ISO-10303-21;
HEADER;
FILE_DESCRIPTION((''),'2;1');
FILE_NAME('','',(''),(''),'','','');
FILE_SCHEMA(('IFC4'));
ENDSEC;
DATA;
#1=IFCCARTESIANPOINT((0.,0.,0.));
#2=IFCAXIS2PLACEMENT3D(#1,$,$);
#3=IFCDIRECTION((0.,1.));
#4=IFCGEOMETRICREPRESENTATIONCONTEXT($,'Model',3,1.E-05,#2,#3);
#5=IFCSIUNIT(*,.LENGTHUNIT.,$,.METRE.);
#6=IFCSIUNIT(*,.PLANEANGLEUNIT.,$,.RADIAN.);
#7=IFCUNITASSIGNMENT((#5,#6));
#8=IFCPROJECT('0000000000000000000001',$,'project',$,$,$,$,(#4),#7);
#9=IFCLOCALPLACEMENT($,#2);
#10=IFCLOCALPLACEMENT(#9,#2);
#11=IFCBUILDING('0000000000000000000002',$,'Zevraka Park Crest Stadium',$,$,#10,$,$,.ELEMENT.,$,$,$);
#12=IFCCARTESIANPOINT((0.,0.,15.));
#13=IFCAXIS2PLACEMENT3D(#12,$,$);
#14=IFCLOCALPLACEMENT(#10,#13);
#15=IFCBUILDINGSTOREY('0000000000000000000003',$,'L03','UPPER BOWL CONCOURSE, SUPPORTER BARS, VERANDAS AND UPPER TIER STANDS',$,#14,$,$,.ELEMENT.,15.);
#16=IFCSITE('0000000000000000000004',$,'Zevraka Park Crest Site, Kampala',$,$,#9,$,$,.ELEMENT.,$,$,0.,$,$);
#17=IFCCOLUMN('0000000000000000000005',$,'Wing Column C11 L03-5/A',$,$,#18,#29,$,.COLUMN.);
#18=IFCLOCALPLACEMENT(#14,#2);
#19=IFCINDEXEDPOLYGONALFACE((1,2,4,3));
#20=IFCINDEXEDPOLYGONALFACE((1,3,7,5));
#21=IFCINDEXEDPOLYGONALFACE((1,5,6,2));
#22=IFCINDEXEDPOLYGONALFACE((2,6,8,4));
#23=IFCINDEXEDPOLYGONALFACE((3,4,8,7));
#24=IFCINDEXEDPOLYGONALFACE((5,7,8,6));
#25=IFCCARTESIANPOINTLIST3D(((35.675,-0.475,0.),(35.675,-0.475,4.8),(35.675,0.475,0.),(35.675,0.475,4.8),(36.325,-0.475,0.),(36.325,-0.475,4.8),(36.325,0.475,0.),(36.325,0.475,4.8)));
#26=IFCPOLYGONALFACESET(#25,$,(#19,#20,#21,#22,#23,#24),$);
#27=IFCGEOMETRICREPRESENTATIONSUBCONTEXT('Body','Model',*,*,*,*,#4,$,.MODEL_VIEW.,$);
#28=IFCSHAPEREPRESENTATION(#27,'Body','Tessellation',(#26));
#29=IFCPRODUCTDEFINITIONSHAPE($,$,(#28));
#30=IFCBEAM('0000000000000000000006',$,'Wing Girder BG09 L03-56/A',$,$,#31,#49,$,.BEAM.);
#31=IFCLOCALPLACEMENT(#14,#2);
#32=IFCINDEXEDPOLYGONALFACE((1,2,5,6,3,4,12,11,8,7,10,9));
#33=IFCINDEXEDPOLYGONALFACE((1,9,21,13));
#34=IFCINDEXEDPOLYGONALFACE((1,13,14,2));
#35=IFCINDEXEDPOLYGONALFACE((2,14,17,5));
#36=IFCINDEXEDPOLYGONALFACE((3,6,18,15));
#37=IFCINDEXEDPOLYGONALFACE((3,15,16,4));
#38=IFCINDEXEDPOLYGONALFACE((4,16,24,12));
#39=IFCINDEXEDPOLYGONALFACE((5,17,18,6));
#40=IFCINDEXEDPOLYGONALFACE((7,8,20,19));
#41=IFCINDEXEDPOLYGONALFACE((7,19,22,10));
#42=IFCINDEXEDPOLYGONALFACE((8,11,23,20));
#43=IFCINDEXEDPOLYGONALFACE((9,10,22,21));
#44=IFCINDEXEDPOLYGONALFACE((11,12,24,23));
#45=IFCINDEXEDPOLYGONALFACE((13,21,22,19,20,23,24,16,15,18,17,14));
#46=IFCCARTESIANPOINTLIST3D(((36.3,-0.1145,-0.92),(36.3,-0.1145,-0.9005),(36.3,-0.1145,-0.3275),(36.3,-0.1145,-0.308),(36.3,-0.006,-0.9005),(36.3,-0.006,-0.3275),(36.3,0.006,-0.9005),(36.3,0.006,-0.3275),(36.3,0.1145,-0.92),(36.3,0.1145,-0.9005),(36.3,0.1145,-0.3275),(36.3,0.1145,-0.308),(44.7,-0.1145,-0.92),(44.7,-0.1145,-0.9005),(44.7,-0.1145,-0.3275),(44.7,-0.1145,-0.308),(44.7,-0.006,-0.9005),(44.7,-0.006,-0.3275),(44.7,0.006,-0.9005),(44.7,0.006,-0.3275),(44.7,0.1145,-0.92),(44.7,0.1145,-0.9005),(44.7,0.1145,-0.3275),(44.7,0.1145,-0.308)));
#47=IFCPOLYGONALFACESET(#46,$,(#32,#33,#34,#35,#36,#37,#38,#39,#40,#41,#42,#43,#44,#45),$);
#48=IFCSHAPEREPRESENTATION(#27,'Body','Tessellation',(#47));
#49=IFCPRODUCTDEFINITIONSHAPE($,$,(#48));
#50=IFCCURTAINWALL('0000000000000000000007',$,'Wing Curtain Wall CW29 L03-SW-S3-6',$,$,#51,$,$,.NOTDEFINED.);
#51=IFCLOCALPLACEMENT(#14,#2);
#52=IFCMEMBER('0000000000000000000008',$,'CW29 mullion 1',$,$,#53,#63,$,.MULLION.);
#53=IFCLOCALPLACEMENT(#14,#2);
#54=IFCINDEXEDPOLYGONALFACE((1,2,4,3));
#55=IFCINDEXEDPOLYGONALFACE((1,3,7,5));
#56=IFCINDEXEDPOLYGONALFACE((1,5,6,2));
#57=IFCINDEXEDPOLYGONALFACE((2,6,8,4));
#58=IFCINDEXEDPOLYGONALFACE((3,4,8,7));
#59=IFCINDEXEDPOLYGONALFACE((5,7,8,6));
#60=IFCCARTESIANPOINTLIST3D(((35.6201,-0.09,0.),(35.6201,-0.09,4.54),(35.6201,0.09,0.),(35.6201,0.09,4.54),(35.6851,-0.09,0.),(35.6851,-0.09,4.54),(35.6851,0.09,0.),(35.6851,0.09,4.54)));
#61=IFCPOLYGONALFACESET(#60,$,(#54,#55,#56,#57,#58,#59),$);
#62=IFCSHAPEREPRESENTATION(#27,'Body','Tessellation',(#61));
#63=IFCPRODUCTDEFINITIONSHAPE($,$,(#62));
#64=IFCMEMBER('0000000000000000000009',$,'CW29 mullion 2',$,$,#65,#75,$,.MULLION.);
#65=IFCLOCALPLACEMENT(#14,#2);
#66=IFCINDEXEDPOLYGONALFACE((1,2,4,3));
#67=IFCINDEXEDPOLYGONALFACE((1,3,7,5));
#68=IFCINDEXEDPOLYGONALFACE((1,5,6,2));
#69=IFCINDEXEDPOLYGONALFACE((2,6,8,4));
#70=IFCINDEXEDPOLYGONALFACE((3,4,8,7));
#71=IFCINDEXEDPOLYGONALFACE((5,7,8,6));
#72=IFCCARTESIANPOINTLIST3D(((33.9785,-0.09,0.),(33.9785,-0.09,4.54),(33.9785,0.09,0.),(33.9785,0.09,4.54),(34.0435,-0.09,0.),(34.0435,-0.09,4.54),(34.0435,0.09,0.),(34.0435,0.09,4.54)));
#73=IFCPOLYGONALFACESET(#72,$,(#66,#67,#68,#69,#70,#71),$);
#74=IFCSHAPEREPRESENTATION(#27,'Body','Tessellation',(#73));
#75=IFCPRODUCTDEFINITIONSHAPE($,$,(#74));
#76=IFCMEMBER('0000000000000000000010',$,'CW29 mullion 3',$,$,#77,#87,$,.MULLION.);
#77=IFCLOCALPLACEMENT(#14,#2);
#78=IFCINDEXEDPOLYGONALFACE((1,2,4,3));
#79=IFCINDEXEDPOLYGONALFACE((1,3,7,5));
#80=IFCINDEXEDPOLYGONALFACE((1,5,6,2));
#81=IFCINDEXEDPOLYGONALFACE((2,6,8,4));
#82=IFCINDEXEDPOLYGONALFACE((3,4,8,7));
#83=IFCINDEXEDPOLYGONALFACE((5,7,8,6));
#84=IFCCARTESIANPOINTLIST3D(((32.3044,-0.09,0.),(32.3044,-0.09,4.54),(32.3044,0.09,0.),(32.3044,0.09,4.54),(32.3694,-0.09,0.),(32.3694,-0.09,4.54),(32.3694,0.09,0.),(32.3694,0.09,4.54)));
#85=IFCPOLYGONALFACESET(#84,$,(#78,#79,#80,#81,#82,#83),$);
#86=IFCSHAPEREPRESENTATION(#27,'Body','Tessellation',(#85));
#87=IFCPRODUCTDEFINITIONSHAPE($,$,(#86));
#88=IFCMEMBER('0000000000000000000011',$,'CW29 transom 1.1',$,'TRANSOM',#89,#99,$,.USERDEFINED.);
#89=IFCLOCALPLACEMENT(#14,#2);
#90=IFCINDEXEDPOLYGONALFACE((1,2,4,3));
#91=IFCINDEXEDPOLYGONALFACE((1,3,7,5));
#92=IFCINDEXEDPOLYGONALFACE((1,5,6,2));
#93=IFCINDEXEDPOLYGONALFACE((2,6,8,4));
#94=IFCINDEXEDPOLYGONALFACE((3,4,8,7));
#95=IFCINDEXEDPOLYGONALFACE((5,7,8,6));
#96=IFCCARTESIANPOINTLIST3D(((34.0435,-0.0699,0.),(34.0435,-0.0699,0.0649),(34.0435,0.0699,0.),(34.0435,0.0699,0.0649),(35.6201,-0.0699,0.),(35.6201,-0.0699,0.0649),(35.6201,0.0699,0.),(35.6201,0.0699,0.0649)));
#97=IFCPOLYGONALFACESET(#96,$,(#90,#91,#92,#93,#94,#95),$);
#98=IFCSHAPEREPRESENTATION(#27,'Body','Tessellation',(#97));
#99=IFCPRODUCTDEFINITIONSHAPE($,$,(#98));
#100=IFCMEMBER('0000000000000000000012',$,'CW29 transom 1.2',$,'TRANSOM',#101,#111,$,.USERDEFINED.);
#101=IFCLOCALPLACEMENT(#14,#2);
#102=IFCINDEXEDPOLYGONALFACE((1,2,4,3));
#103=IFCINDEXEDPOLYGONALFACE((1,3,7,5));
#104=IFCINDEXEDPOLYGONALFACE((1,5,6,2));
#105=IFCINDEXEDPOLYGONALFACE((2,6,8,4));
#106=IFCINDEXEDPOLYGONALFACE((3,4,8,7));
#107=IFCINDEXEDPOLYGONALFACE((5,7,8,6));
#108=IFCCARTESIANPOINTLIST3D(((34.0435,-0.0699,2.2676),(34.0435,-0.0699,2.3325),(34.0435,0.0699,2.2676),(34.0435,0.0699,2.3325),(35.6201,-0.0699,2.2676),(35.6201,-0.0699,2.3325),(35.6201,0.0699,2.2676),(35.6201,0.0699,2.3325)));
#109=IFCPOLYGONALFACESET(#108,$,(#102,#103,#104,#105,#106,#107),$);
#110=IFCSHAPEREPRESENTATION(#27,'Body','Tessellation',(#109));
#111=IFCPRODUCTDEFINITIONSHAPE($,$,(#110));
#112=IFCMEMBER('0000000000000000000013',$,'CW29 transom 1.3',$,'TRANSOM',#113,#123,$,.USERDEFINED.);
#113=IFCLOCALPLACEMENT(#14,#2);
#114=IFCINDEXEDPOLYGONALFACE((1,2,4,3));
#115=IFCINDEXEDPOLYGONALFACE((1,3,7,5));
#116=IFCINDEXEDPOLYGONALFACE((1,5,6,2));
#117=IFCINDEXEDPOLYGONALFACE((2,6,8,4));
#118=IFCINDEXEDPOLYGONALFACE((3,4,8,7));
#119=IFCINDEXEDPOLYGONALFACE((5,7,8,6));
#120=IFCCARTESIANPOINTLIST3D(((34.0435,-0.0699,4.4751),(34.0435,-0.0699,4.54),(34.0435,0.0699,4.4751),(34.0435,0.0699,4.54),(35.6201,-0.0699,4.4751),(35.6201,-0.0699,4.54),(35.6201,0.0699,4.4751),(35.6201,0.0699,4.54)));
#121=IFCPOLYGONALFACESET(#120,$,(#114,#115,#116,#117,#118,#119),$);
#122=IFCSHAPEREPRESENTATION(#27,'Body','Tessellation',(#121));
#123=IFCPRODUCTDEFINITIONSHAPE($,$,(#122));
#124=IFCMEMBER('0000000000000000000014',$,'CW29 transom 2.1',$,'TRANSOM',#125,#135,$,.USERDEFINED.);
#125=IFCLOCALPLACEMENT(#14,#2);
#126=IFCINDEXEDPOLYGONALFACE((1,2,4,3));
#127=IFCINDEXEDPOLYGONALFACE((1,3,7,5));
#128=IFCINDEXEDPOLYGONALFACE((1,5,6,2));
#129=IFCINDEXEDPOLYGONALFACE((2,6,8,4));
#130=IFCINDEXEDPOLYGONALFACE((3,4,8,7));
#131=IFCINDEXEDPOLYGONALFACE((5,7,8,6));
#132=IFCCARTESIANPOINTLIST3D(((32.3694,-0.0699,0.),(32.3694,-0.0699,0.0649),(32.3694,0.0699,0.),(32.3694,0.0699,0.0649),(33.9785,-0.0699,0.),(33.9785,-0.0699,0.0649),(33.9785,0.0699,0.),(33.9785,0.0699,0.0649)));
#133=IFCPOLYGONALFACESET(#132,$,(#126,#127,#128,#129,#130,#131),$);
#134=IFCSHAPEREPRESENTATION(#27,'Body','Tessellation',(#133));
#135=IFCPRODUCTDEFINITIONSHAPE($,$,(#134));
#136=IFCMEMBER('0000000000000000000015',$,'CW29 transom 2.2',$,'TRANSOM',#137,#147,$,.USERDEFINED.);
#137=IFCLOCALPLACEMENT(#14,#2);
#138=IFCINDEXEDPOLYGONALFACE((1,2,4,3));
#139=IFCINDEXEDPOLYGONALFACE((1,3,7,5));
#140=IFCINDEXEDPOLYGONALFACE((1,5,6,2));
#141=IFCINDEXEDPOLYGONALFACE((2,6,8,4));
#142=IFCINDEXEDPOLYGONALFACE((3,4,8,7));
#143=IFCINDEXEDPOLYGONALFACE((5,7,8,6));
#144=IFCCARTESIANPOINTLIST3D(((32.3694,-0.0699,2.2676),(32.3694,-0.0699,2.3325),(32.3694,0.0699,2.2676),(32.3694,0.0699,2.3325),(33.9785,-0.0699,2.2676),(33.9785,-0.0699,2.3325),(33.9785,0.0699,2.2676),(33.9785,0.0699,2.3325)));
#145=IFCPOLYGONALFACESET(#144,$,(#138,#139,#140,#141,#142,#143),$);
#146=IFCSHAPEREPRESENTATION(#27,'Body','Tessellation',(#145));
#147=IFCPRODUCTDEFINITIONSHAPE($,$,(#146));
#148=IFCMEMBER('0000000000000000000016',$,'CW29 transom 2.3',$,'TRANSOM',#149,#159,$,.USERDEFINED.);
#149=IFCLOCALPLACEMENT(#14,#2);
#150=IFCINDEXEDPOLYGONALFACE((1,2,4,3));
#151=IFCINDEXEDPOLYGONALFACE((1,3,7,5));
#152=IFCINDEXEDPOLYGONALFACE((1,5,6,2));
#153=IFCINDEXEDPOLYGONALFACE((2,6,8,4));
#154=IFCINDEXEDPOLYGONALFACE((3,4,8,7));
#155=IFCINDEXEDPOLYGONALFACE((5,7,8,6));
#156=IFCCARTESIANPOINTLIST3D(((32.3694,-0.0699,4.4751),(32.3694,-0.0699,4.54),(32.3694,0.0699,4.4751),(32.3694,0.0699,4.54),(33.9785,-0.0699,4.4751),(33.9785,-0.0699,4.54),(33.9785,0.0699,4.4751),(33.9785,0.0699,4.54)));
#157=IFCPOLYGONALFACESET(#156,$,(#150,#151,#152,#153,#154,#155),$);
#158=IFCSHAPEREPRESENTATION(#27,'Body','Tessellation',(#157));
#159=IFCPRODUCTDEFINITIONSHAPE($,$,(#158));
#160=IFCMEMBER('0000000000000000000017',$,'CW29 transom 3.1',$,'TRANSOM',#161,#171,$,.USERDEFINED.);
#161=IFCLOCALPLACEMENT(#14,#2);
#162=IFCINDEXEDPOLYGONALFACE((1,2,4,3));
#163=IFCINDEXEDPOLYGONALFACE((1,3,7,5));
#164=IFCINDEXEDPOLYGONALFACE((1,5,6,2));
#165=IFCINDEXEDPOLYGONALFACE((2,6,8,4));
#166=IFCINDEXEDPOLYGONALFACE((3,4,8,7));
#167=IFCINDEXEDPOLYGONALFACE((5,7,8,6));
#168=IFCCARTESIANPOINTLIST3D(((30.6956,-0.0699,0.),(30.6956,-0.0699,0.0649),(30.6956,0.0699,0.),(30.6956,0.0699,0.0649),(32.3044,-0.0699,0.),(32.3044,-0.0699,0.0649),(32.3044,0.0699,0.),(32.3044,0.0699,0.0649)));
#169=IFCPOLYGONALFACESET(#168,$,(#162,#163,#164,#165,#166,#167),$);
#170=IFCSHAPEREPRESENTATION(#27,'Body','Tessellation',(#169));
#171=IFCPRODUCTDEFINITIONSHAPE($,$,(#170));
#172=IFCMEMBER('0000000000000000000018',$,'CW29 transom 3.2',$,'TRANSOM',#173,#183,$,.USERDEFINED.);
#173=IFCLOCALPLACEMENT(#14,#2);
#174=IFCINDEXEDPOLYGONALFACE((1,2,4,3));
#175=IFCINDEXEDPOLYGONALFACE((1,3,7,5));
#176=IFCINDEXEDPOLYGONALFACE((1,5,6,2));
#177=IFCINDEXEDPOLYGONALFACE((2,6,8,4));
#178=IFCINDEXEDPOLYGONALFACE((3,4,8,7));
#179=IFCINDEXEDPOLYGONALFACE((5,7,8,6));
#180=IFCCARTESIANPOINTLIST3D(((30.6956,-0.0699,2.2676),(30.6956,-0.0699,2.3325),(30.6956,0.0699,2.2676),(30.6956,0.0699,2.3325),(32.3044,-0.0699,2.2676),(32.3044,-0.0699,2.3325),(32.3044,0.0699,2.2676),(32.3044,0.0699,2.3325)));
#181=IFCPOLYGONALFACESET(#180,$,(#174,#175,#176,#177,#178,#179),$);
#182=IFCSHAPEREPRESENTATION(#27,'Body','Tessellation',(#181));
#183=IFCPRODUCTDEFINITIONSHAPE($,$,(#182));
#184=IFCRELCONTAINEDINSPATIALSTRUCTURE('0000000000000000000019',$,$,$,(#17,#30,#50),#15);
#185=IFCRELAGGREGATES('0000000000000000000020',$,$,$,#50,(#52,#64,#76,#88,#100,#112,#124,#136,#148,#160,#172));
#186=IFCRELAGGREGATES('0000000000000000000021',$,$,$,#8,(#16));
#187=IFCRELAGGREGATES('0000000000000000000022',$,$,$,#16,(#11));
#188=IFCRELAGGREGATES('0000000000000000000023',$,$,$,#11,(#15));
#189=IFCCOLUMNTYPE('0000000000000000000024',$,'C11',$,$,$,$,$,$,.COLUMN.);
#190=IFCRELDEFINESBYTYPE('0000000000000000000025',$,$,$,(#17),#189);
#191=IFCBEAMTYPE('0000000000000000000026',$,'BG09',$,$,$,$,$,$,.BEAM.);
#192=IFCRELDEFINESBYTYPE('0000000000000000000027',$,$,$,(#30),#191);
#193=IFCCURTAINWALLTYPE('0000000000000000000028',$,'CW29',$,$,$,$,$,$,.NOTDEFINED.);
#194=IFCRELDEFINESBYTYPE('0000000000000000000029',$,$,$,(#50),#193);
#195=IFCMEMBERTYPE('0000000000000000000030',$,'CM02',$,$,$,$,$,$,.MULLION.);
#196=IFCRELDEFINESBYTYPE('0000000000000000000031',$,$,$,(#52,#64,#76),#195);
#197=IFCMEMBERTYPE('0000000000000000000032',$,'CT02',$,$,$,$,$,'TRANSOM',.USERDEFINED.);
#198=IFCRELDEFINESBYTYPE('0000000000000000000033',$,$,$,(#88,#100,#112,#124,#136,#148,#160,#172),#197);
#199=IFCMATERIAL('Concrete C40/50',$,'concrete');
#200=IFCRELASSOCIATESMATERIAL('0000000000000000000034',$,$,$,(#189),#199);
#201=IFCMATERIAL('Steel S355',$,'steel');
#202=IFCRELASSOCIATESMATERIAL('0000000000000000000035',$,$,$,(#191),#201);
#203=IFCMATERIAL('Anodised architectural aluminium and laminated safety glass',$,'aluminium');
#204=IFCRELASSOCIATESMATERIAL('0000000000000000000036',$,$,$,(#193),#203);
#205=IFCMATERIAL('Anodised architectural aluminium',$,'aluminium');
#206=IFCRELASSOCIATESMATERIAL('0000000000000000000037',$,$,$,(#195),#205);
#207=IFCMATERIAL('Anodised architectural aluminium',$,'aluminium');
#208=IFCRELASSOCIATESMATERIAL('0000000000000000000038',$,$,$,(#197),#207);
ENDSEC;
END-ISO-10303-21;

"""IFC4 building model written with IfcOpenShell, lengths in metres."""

from ifc_helpers import new_model, si_unit, direction, frame, origin, origin_2d, place, context, subcontext, project, spatial, rectangle, i_section, extrude, material, material_profile, profile_set, type_object, element, aggregate, save


model = new_model("IFC4")

# Units and contexts
model_context = context("Model", 3, precision=1e-05, world=origin(), true_north=direction((0.0, 1.0)))
body_context = subcontext(model_context, "Body", "Model", "MODEL_VIEW")
ifc_project = project(units=[si_unit("LENGTHUNIT", "METRE"), si_unit("PLANEANGLEUNIT", "RADIAN")], contexts=[model_context])

# Site, building, storey
site_placement = place(None, origin())
site = spatial("IfcSite", under=ifc_project, at=site_placement, Name="Zevraka Park Crest Site, Kampala", CompositionType="ELEMENT", RefElevation=0.0)
building_placement = place(site_placement, origin())
building = spatial("IfcBuilding", under=site, at=building_placement, Name="Zevraka Park Crest Stadium", CompositionType="ELEMENT")
storey_placement = place(building_placement, frame((0.0, 0.0, 15.0)))
storey = spatial("IfcBuildingStorey", under=building, at=storey_placement, Name="L03", Description="UPPER BOWL CONCOURSE, SUPPORTER BARS, VERANDAS AND UPPER TIER STANDS", CompositionType="ELEMENT", Elevation=15.0)

# Column
ifc_material_1 = material(Name="Concrete C40/50", Category="concrete")
ifc_material_profile_1 = material_profile(ifc_material_1, rectangle(XDim=0.6499, YDim=0.95, at=origin_2d()), Name="RC 950x650")
ifc_profile_set_1 = profile_set([ifc_material_profile_1], Name="Concrete C40/50")
column_type = type_object("IfcColumnType", Name="C11", PredefinedType="COLUMN", material=ifc_profile_set_1)
column_placement = place(storey_placement, frame((36.0, 0.0, 0.0), z_axis=(0.0, 0.0, 1.0), x_axis=(1.0, 0.0, 0.0)))
element("IfcColumn", 1, at=column_placement, inside=storey, type_object=column_type, Name="Wing Column C11 L03-5/A", PredefinedType="COLUMN", context=body_context, shape_type="SweptSolid", body=[
    extrude(rectangle(XDim=0.6499, YDim=0.95, at=origin_2d()), origin(), (0.0, 0.0, 1.0), 4.8),
])

# Beam
ifc_material_2 = material(Name="Steel S355", Category="steel")
ifc_material_profile_2 = material_profile(ifc_material_2, i_section(OverallWidth=0.229, OverallDepth=0.6121, WebThickness=0.012, FlangeThickness=0.0195, at=origin_2d()), Name="UKB 610x229x125")
ifc_profile_set_2 = profile_set([ifc_material_profile_2], Name="Steel S355")
beam_type = type_object("IfcBeamType", Name="BG09", PredefinedType="BEAM", material=ifc_profile_set_2)
beam_placement = place(storey_placement, frame((36.3, 0.0, -0.614), z_axis=(1.0, 0.0, 0.0), x_axis=(0.0, 1.0, 0.0)))
element("IfcBeam", 2, at=beam_placement, inside=storey, type_object=beam_type, Name="Wing Girder BG09 L03-56/A", PredefinedType="BEAM", context=body_context, shape_type="SweptSolid", body=[
    extrude(i_section(OverallWidth=0.229, OverallDepth=0.6121, WebThickness=0.012, FlangeThickness=0.0195, at=origin_2d()), origin(), (0.0, 0.0, 1.0), 8.3999),
])

# Curtain wall, members
ifc_material_3 = material(Name="Anodised architectural aluminium and laminated safety glass", Category="aluminium")
curtain_wall_type = type_object("IfcCurtainWallType", Name="CW29", PredefinedType="NOTDEFINED", material=ifc_material_3)
curtain_wall_placement = place(storey_placement, origin())
curtain_wall = element("IfcCurtainWall", 3, at=curtain_wall_placement, inside=storey, type_object=curtain_wall_type, Name="Wing Curtain Wall CW29 L03-SW-S3-6", PredefinedType="NOTDEFINED")
ifc_material_4 = material(Name="Anodised architectural aluminium", Category="aluminium")
ifc_material_profile_3 = material_profile(ifc_material_4, rectangle(XDim=0.1799, YDim=0.0649, at=origin_2d()), Name="ALU MULLION 180x65")
ifc_profile_set_3 = profile_set([ifc_material_profile_3], Name="Anodised architectural aluminium")
member_type_1 = type_object("IfcMemberType", Name="CM02", PredefinedType="MULLION", material=ifc_profile_set_3)
member_1_placement = place(storey_placement, frame((35.6526, 0.0, 0.0), z_axis=(0.0, 0.0, 1.0), x_axis=(0.0, -1.0, 0.0)))
member_1 = element("IfcMember", 4, at=member_1_placement, type_object=member_type_1, Name="CW29 mullion 1", PredefinedType="MULLION", context=body_context, shape_type="SweptSolid", body=[
    extrude(rectangle(XDim=0.1799, YDim=0.0649, at=origin_2d()), origin(), (0.0, 0.0, 1.0), 4.54),
])
member_2_placement = place(storey_placement, frame((34.011, 0.0, 0.0), z_axis=(0.0, 0.0, 1.0), x_axis=(0.0, -1.0, 0.0)))
member_2 = element("IfcMember", 5, at=member_2_placement, type_object=member_type_1, Name="CW29 mullion 2", PredefinedType="MULLION", context=body_context, shape_type="SweptSolid", body=[
    extrude(rectangle(XDim=0.1799, YDim=0.0649, at=origin_2d()), origin(), (0.0, 0.0, 1.0), 4.54),
])
member_3_placement = place(storey_placement, frame((32.3369, 0.0, 0.0), z_axis=(0.0, 0.0, 1.0), x_axis=(0.0, -1.0, 0.0)))
member_3 = element("IfcMember", 6, at=member_3_placement, type_object=member_type_1, Name="CW29 mullion 3", PredefinedType="MULLION", context=body_context, shape_type="SweptSolid", body=[
    extrude(rectangle(XDim=0.1799, YDim=0.0649, at=origin_2d()), origin(), (0.0, 0.0, 1.0), 4.54),
])
ifc_material_5 = material(Name="Anodised architectural aluminium", Category="aluminium")
ifc_material_profile_4 = material_profile(ifc_material_5, rectangle(XDim=0.1399, YDim=0.0649, at=origin_2d()), Name="ALU TRANSOM 140x65")
ifc_profile_set_4 = profile_set([ifc_material_profile_4], Name="Anodised architectural aluminium")
member_type_2 = type_object("IfcMemberType", Name="CT02", ElementType="TRANSOM", PredefinedType="USERDEFINED", material=ifc_profile_set_4)
member_4_placement = place(storey_placement, frame((35.6201, 0.0, 0.0325), z_axis=(-1.0, 0.0, 0.0), x_axis=(0.0, -1.0, 0.0)))
member_4 = element("IfcMember", 7, at=member_4_placement, type_object=member_type_2, Name="CW29 transom 1.1", ObjectType="TRANSOM", PredefinedType="USERDEFINED", context=body_context, shape_type="SweptSolid", body=[
    extrude(rectangle(XDim=0.1399, YDim=0.0649, at=origin_2d()), origin(), (0.0, 0.0, 1.0), 1.5767),
])
member_5_placement = place(storey_placement, frame((35.6201, 0.0, 2.3), z_axis=(-1.0, 0.0, 0.0), x_axis=(0.0, -1.0, 0.0)))
member_5 = element("IfcMember", 8, at=member_5_placement, type_object=member_type_2, Name="CW29 transom 1.2", ObjectType="TRANSOM", PredefinedType="USERDEFINED", context=body_context, shape_type="SweptSolid", body=[
    extrude(rectangle(XDim=0.1399, YDim=0.0649, at=origin_2d()), origin(), (0.0, 0.0, 1.0), 1.5767),
])
member_6_placement = place(storey_placement, frame((35.6201, 0.0, 4.5076), z_axis=(-1.0, 0.0, 0.0), x_axis=(0.0, -1.0, 0.0)))
member_6 = element("IfcMember", 9, at=member_6_placement, type_object=member_type_2, Name="CW29 transom 1.3", ObjectType="TRANSOM", PredefinedType="USERDEFINED", context=body_context, shape_type="SweptSolid", body=[
    extrude(rectangle(XDim=0.1399, YDim=0.0649, at=origin_2d()), origin(), (0.0, 0.0, 1.0), 1.5767),
])
member_7_placement = place(storey_placement, frame((33.9785, 0.0, 0.0325), z_axis=(-1.0, 0.0, 0.0), x_axis=(0.0, -1.0, 0.0)))
member_7 = element("IfcMember", 10, at=member_7_placement, type_object=member_type_2, Name="CW29 transom 2.1", ObjectType="TRANSOM", PredefinedType="USERDEFINED", context=body_context, shape_type="SweptSolid", body=[
    extrude(rectangle(XDim=0.1399, YDim=0.0649, at=origin_2d()), origin(), (0.0, 0.0, 1.0), 1.6091),
])
member_8_placement = place(storey_placement, frame((33.9785, 0.0, 2.3), z_axis=(-1.0, 0.0, 0.0), x_axis=(0.0, -1.0, 0.0)))
member_8 = element("IfcMember", 11, at=member_8_placement, type_object=member_type_2, Name="CW29 transom 2.2", ObjectType="TRANSOM", PredefinedType="USERDEFINED", context=body_context, shape_type="SweptSolid", body=[
    extrude(rectangle(XDim=0.1399, YDim=0.0649, at=origin_2d()), origin(), (0.0, 0.0, 1.0), 1.6091),
])
member_9_placement = place(storey_placement, frame((33.9785, 0.0, 4.5076), z_axis=(-1.0, 0.0, 0.0), x_axis=(0.0, -1.0, 0.0)))
member_9 = element("IfcMember", 12, at=member_9_placement, type_object=member_type_2, Name="CW29 transom 2.3", ObjectType="TRANSOM", PredefinedType="USERDEFINED", context=body_context, shape_type="SweptSolid", body=[
    extrude(rectangle(XDim=0.1399, YDim=0.0649, at=origin_2d()), origin(), (0.0, 0.0, 1.0), 1.6091),
])
member_10_placement = place(storey_placement, frame((32.3044, 0.0, 0.0325), z_axis=(-1.0, 0.0, 0.0), x_axis=(0.0, -1.0, 0.0)))
member_10 = element("IfcMember", 13, at=member_10_placement, type_object=member_type_2, Name="CW29 transom 3.1", ObjectType="TRANSOM", PredefinedType="USERDEFINED", context=body_context, shape_type="SweptSolid", body=[
    extrude(rectangle(XDim=0.1399, YDim=0.0649, at=origin_2d()), origin(), (0.0, 0.0, 1.0), 1.6089),
])
member_11_placement = place(storey_placement, frame((32.3044, 0.0, 2.3), z_axis=(-1.0, 0.0, 0.0), x_axis=(0.0, -1.0, 0.0)))
member_11 = element("IfcMember", 14, at=member_11_placement, type_object=member_type_2, Name="CW29 transom 3.2", ObjectType="TRANSOM", PredefinedType="USERDEFINED", context=body_context, shape_type="SweptSolid", body=[
    extrude(rectangle(XDim=0.1399, YDim=0.0649, at=origin_2d()), origin(), (0.0, 0.0, 1.0), 1.6089),
])
aggregate(curtain_wall, [member_1, member_2, member_3, member_4, member_5, member_6, member_7, member_8, member_9, member_10, member_11])

save(model, "model.ifc")
